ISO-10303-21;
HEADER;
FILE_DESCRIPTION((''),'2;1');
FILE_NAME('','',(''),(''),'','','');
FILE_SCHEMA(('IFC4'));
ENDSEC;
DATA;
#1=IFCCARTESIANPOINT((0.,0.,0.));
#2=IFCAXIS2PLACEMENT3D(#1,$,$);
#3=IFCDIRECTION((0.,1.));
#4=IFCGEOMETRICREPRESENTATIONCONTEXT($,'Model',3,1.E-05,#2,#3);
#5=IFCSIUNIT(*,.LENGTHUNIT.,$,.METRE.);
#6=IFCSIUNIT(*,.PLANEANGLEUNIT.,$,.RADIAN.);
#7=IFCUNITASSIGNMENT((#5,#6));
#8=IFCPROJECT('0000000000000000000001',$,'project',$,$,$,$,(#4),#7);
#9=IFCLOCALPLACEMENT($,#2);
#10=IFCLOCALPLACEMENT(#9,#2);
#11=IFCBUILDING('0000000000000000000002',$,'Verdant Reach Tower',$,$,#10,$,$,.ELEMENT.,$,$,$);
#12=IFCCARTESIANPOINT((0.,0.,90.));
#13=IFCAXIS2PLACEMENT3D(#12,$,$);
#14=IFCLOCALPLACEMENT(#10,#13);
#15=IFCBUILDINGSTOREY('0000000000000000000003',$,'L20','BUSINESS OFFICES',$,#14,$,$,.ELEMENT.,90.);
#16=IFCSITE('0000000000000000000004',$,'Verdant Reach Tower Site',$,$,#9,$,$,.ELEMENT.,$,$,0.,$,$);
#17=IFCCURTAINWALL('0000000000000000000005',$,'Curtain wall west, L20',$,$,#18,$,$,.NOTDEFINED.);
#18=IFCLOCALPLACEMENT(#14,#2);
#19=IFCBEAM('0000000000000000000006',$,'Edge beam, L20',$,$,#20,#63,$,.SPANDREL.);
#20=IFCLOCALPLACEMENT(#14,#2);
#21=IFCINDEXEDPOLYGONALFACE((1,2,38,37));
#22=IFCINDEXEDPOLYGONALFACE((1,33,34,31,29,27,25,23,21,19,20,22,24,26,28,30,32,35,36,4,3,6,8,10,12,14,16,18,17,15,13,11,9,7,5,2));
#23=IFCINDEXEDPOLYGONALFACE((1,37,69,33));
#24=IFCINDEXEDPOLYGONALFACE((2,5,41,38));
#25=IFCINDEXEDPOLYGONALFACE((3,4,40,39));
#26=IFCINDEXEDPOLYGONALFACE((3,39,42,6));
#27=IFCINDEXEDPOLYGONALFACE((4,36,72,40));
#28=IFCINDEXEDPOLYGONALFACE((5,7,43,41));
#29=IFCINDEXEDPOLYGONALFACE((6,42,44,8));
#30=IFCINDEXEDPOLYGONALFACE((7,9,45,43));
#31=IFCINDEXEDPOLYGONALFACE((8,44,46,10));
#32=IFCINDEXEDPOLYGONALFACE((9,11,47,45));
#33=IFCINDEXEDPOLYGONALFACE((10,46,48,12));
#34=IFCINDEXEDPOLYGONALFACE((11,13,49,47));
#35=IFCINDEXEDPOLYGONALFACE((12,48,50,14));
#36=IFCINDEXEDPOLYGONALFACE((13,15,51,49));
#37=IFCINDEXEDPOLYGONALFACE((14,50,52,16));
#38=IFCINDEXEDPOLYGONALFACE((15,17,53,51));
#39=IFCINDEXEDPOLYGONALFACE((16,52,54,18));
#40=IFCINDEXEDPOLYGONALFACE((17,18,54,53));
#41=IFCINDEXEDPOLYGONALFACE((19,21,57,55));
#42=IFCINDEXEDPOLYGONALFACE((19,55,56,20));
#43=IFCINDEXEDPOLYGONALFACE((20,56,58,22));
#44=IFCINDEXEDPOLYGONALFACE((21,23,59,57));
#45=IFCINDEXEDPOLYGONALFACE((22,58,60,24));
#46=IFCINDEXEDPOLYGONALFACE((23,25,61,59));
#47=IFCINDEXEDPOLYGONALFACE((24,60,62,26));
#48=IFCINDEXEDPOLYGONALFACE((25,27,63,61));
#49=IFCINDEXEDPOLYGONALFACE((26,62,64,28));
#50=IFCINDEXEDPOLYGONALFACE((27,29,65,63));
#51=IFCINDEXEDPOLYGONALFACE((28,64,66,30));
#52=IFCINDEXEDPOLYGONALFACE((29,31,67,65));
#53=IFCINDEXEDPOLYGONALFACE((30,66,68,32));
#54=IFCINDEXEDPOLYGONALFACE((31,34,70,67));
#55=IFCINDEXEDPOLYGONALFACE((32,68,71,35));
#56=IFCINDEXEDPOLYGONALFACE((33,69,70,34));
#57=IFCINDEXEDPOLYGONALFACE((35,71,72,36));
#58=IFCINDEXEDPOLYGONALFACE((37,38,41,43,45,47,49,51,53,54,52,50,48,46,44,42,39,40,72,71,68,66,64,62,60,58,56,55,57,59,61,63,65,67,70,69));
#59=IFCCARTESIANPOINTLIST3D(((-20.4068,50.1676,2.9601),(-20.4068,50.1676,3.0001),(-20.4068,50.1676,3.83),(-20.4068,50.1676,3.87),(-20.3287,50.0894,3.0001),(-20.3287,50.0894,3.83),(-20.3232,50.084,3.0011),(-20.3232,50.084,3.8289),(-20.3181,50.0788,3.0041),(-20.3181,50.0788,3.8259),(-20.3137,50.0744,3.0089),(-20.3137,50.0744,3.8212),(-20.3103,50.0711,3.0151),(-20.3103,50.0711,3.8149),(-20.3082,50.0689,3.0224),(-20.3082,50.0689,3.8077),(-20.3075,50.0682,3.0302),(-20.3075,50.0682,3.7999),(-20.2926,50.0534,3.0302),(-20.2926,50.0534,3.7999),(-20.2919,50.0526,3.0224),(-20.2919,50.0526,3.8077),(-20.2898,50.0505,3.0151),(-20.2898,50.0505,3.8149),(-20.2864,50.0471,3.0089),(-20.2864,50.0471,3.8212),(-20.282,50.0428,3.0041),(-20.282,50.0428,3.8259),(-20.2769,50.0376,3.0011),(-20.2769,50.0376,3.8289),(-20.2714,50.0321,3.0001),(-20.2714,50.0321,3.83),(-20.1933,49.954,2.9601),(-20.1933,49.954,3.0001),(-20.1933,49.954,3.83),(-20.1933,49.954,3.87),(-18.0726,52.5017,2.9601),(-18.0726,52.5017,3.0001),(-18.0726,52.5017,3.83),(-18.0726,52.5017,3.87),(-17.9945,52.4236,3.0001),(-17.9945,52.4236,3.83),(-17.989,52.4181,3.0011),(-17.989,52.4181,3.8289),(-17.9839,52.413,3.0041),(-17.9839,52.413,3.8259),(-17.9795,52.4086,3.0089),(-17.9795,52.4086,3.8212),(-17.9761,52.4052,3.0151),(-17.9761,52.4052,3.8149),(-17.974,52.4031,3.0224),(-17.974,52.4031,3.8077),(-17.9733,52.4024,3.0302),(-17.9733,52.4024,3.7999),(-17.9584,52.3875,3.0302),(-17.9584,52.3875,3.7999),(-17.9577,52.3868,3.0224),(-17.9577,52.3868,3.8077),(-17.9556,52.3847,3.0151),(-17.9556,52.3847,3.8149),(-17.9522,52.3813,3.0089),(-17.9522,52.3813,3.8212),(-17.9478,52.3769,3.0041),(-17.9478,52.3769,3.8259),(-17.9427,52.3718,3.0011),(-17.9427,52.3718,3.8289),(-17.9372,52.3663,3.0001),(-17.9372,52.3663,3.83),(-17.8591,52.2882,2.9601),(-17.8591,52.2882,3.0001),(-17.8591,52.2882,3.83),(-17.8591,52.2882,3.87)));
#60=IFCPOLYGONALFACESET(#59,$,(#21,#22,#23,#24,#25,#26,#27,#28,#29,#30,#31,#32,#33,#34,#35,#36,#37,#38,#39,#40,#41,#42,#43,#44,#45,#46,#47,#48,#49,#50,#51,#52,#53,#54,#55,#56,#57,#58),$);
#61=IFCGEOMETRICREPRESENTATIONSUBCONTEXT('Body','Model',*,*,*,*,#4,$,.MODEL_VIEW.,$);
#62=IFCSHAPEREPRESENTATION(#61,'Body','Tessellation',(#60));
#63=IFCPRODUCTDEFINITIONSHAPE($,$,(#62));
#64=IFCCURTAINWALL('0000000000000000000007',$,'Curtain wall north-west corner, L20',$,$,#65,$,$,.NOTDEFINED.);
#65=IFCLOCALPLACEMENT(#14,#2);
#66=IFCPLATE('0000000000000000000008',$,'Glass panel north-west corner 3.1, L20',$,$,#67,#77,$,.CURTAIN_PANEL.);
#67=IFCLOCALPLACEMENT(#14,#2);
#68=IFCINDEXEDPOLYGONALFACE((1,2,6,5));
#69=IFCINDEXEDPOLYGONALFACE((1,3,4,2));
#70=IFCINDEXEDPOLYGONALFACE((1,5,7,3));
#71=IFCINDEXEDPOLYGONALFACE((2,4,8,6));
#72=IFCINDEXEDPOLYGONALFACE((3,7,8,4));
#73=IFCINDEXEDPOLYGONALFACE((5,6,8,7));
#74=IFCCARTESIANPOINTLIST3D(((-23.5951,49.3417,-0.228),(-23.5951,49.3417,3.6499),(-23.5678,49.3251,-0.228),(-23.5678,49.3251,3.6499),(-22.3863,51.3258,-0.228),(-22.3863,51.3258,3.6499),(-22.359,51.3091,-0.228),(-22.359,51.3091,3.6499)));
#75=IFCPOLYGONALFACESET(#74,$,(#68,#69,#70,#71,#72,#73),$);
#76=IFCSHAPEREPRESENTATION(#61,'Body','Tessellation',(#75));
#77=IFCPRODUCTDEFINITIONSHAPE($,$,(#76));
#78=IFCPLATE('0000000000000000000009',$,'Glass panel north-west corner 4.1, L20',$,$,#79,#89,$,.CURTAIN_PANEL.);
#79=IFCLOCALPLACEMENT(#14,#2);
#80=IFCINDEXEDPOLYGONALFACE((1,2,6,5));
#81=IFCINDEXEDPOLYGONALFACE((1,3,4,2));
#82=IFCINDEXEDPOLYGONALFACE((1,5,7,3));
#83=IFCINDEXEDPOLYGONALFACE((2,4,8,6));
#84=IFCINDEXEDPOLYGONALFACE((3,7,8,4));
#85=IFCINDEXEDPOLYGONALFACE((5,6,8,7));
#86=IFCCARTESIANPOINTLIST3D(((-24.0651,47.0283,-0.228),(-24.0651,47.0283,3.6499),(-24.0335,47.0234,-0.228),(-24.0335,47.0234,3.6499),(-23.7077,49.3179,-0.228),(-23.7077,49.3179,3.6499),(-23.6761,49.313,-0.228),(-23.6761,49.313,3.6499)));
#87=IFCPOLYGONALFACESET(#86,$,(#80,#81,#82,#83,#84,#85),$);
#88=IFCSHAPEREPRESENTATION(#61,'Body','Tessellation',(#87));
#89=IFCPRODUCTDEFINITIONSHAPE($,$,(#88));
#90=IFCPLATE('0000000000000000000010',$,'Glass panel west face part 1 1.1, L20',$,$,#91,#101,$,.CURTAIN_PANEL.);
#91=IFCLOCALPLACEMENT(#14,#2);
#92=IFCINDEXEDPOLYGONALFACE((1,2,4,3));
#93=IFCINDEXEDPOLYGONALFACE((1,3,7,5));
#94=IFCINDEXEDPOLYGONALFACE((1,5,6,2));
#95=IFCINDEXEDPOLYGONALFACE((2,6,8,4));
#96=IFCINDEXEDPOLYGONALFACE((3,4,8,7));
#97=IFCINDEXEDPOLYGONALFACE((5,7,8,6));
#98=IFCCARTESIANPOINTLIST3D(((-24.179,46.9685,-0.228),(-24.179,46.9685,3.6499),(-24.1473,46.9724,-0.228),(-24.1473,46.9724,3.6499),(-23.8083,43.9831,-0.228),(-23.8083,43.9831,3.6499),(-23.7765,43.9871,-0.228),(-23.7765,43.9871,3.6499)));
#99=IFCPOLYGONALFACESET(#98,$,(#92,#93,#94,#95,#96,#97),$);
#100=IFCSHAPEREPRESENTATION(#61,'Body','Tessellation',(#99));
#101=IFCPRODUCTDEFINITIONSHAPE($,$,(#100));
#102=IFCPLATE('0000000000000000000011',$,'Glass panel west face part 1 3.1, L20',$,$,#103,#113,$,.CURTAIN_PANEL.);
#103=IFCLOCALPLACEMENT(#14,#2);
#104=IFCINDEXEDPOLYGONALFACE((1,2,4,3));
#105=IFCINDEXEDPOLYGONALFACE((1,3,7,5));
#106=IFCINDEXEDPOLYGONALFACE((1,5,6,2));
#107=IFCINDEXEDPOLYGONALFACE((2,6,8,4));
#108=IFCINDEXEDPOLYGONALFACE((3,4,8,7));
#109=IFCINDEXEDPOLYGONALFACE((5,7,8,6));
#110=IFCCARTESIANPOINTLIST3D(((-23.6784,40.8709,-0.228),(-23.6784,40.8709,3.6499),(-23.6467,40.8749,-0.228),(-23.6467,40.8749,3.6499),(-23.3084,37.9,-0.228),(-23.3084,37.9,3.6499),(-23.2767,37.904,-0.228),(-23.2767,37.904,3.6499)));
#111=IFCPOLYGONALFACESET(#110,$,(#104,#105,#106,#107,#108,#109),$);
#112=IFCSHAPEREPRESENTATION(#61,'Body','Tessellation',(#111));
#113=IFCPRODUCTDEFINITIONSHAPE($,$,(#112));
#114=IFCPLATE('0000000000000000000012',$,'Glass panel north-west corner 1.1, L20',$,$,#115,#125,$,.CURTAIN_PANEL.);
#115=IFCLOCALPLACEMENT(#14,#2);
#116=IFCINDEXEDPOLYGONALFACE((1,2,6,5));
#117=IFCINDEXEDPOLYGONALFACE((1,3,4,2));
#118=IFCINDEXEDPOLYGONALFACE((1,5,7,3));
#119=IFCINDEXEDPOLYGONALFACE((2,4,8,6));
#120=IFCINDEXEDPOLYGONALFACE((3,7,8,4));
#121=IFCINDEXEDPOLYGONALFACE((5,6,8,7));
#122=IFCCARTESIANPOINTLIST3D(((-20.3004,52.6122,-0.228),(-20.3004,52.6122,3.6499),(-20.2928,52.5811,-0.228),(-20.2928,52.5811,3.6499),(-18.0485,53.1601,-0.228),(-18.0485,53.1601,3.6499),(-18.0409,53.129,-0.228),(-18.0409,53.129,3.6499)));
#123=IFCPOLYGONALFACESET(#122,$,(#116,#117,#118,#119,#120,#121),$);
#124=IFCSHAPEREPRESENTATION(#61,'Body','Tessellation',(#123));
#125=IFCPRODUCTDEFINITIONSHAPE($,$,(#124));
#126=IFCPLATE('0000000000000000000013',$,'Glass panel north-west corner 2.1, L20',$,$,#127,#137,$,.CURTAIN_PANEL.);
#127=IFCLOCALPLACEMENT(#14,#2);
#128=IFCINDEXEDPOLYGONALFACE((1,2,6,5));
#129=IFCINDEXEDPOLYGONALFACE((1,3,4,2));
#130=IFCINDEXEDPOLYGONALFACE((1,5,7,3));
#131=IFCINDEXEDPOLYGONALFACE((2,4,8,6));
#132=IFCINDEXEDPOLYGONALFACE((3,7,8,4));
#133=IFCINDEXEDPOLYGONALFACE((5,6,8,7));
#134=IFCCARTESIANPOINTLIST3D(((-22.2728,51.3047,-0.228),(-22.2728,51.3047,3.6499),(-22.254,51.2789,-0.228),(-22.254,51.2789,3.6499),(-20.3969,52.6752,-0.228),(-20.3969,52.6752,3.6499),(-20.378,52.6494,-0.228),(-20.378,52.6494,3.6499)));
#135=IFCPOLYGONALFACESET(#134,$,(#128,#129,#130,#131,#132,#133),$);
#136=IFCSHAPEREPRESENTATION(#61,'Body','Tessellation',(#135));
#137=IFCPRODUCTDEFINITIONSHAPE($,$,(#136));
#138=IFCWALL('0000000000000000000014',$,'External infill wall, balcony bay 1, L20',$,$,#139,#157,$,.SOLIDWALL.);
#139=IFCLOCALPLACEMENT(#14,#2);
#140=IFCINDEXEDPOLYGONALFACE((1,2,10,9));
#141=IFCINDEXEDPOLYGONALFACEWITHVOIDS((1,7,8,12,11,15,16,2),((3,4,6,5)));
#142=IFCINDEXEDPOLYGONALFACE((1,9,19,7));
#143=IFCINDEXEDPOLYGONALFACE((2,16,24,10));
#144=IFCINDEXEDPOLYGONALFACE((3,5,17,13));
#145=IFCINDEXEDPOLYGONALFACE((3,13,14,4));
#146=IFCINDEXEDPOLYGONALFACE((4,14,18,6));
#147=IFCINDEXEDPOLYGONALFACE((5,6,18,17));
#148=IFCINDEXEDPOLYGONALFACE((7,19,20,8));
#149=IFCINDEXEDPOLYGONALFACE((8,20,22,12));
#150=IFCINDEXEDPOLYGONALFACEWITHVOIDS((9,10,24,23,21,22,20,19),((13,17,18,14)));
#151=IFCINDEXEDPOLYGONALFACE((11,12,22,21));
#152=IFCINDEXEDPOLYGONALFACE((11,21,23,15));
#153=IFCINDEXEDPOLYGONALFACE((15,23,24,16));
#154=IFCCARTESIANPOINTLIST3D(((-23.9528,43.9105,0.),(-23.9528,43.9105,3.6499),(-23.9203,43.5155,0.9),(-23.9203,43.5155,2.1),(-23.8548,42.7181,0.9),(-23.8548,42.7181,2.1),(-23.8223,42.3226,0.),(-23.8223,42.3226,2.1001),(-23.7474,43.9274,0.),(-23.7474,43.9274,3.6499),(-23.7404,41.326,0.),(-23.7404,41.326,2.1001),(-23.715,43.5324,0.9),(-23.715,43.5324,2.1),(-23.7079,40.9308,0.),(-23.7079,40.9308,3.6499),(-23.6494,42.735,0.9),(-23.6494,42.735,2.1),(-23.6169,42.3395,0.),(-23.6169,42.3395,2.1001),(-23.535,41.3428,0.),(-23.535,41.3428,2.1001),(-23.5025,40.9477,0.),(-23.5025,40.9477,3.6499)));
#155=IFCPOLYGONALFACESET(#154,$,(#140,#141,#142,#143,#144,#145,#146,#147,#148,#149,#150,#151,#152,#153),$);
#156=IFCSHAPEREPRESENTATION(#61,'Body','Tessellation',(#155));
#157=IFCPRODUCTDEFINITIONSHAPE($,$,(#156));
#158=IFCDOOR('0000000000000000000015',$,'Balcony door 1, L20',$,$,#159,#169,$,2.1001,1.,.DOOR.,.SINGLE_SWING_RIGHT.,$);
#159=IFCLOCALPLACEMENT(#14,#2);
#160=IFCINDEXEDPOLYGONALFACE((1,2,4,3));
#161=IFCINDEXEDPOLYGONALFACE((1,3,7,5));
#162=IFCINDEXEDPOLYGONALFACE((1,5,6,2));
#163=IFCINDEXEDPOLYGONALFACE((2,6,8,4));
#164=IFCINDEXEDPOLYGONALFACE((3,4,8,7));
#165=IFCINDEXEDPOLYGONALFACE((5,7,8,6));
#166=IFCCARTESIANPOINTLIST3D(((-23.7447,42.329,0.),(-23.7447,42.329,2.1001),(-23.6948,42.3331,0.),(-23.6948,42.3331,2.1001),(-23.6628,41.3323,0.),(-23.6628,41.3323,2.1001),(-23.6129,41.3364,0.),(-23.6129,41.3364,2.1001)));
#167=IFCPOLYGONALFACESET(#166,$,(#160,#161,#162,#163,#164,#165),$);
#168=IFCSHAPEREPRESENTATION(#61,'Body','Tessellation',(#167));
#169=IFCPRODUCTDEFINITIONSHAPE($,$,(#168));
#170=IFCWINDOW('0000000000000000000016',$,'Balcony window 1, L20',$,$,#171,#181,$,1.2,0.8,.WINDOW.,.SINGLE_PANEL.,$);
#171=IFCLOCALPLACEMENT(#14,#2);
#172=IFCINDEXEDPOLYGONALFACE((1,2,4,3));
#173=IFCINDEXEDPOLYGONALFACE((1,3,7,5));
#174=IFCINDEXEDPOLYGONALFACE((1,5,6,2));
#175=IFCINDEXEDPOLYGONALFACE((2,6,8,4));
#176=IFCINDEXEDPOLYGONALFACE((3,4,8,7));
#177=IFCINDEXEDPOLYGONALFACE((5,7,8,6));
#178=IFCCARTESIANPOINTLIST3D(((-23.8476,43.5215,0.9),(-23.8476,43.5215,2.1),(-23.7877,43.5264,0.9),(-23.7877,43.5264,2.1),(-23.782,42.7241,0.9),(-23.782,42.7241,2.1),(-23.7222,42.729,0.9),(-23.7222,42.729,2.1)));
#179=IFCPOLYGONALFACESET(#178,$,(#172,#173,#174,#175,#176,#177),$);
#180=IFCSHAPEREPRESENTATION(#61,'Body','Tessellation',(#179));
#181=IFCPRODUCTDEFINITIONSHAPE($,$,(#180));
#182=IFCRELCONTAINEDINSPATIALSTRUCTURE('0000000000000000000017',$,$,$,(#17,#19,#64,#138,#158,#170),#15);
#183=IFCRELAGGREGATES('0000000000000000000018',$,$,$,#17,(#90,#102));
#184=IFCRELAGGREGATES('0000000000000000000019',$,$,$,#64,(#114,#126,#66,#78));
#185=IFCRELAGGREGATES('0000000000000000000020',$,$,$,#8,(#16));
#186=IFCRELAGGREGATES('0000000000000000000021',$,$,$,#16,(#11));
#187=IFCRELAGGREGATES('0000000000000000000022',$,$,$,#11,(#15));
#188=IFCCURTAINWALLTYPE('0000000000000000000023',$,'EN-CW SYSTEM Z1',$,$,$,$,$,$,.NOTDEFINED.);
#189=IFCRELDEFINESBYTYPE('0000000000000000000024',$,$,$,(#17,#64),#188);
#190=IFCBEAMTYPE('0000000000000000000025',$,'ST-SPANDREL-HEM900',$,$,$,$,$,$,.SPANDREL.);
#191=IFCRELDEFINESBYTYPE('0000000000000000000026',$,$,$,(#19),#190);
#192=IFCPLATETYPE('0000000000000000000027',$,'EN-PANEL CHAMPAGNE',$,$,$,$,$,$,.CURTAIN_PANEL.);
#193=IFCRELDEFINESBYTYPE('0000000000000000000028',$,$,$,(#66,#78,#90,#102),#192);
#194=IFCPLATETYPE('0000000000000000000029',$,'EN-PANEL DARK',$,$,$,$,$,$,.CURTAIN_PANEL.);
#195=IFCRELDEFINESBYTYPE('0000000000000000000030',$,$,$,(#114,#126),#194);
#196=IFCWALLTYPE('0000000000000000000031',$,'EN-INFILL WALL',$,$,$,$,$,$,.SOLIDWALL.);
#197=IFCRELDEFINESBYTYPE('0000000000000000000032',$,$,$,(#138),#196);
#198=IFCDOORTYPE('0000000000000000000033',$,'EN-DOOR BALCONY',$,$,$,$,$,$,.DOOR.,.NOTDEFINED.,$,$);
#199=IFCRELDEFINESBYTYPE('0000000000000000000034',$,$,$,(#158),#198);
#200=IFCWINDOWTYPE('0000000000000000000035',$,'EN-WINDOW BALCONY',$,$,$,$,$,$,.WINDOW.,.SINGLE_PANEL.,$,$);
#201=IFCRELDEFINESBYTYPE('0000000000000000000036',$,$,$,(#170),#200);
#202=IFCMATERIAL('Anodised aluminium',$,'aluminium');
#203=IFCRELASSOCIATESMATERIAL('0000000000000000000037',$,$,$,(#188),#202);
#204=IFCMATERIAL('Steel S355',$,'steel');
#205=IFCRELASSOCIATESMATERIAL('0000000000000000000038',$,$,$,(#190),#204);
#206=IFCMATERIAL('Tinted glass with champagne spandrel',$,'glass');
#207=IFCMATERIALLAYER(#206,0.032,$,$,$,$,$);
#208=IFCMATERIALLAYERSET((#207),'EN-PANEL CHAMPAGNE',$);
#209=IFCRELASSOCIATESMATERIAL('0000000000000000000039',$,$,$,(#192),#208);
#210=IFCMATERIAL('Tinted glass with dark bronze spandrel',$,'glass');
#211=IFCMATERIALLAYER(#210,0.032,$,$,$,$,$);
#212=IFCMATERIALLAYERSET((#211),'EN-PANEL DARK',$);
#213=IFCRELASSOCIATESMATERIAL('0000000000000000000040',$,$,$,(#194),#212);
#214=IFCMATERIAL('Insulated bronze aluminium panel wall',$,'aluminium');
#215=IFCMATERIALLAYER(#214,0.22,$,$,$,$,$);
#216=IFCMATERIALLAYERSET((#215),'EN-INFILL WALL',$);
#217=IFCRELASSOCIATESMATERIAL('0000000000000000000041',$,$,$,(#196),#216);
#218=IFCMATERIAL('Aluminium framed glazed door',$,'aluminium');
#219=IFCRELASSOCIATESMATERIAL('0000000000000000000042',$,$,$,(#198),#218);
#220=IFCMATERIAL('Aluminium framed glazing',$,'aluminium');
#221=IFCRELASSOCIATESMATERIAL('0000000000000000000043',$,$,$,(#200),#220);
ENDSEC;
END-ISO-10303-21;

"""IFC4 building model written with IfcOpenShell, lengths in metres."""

from ifc_helpers import new_model, si_unit, direction, frame, frame_2d, origin, origin_2d, place, context, subcontext, project, spatial, rectangle, i_section, extrude, material, layer, layer_set, material_profile, profile_set, type_object, element, fill, aggregate, save


model = new_model("IFC4")

# Units and contexts
model_context = context("Model", 3, precision=1e-05, world=origin(), true_north=direction((0.0, 1.0)))
body_context = subcontext(model_context, "Body", "Model", "MODEL_VIEW")
ifc_project = project(units=[si_unit("LENGTHUNIT", "METRE"), si_unit("PLANEANGLEUNIT", "RADIAN")], contexts=[model_context])

# Site, building, storey
site_placement = place(None, origin())
site = spatial("IfcSite", under=ifc_project, at=site_placement, Name="Verdant Reach Tower Site", CompositionType="ELEMENT", RefElevation=0.0)
building_placement = place(site_placement, origin())
building = spatial("IfcBuilding", under=site, at=building_placement, Name="Verdant Reach Tower", CompositionType="ELEMENT")
storey_placement = place(building_placement, frame((0.0, 0.0, 90.0)))
storey = spatial("IfcBuildingStorey", under=building, at=storey_placement, Name="L20", Description="BUSINESS OFFICES", CompositionType="ELEMENT", Elevation=90.0)

# Curtain wall
ifc_material_1 = material(Name="Anodised aluminium", Category="aluminium")
curtain_wall_type = type_object("IfcCurtainWallType", Name="EN-CW SYSTEM Z1", PredefinedType="NOTDEFINED", material=ifc_material_1)
curtain_wall_1_placement = place(storey_placement, origin())
curtain_wall_1 = element("IfcCurtainWall", 1, at=curtain_wall_1_placement, inside=storey, type_object=curtain_wall_type, Name="Curtain wall west, L20", PredefinedType="NOTDEFINED")

# Beam
ifc_material_2 = material(Name="Steel S355", Category="steel")
ifc_material_profile_1 = material_profile(ifc_material_2, i_section(OverallWidth=0.302, OverallDepth=0.9099, WebThickness=0.021, FlangeThickness=0.04, FilletRadius=0.03, at=origin_2d()), Name="HEM 900")
ifc_profile_set_1 = profile_set([ifc_material_profile_1], Name="Steel S355")
beam_type_1 = type_object("IfcBeamType", Name="ST-SPANDREL-HEM900", PredefinedType="SPANDREL", material=ifc_profile_set_1)
beam_1_placement = place(storey_placement, frame((-20.3, 50.0608, 3.415), z_axis=(0.707107, 0.707107, 0.0), x_axis=(-0.707107, 0.707107, 0.0)))
element("IfcBeam", 2, at=beam_1_placement, inside=storey, type_object=beam_type_1, Name="Edge beam, L20", PredefinedType="SPANDREL", context=body_context, shape_type="SweptSolid", body=[
    extrude(i_section(OverallWidth=0.302, OverallDepth=0.9099, WebThickness=0.021, FlangeThickness=0.04, FilletRadius=0.03, at=origin_2d()), origin(), (0.0, 0.0, 1.0), 3.301),
])

# Curtain wall, plates
curtain_wall_2_placement = place(storey_placement, origin())
curtain_wall_2 = element("IfcCurtainWall", 3, at=curtain_wall_2_placement, inside=storey, type_object=curtain_wall_type, Name="Curtain wall north-west corner, L20", PredefinedType="NOTDEFINED")
ifc_material_3 = material(Name="Tinted glass with champagne spandrel", Category="glass")
ifc_layer_1 = layer(ifc_material_3, 0.032)
ifc_layer_set_1 = layer_set([ifc_layer_1], Name="EN-PANEL CHAMPAGNE")
plate_type_1 = type_object("IfcPlateType", Name="EN-PANEL CHAMPAGNE", PredefinedType="CURTAIN_PANEL", material=ifc_layer_set_1)
plate_1_placement = place(storey_placement, frame((-22.9771, 50.3254, -0.228), z_axis=(0.0, 0.0, 1.0), x_axis=(-0.520292, -0.853989, 0.0)))
plate_1 = element("IfcPlate", 4, at=plate_1_placement, type_object=plate_type_1, Name="Glass panel north-west corner 3.1, L20", PredefinedType="CURTAIN_PANEL", context=body_context, shape_type="SweptSolid", body=[
    extrude(rectangle(XDim=2.3232, YDim=0.032, at=origin_2d()), origin(), (0.0, 0.0, 1.0), 3.8779),
])
plate_2_placement = place(storey_placement, frame((-23.8706, 48.1707, -0.228), z_axis=(0.0, 0.0, 1.0), x_axis=(-0.154248, -0.988032, 0.0)))
plate_2 = element("IfcPlate", 5, at=plate_2_placement, type_object=plate_type_1, Name="Glass panel north-west corner 4.1, L20", PredefinedType="CURTAIN_PANEL", context=body_context, shape_type="SweptSolid", body=[
    extrude(rectangle(XDim=2.3174, YDim=0.032, at=origin_2d()), origin(), (0.0, 0.0, 1.0), 3.8779),
])

# Plates
plate_3_placement = place(storey_placement, frame((-23.9778, 45.4778, -0.228), z_axis=(0.0, 0.0, 1.0), x_axis=(0.123256, -0.992375, 0.0)))
plate_3 = element("IfcPlate", 6, at=plate_3_placement, type_object=plate_type_1, Name="Glass panel west face part 1 1.1, L20", PredefinedType="CURTAIN_PANEL", context=body_context, shape_type="SweptSolid", body=[
    extrude(rectangle(XDim=3.0083, YDim=0.032, at=origin_2d()), origin(), (0.0, 0.0, 1.0), 3.8779),
])
plate_4_placement = place(storey_placement, frame((-23.4775, 39.3875, -0.228), z_axis=(0.0, 0.0, 1.0), x_axis=(0.123579, -0.992335, 0.0)))
plate_4 = element("IfcPlate", 7, at=plate_4_placement, type_object=plate_type_1, Name="Glass panel west face part 1 3.1, L20", PredefinedType="CURTAIN_PANEL", context=body_context, shape_type="SweptSolid", body=[
    extrude(rectangle(XDim=2.9939, YDim=0.032, at=origin_2d()), origin(), (0.0, 0.0, 1.0), 3.8779),
])
aggregate(curtain_wall_1, [plate_3, plate_4])
ifc_material_4 = material(Name="Tinted glass with dark bronze spandrel", Category="glass")
ifc_layer_2 = layer(ifc_material_4, 0.032)
ifc_layer_set_2 = layer_set([ifc_layer_2], Name="EN-PANEL DARK")
plate_type_2 = type_object("IfcPlateType", Name="EN-PANEL DARK", PredefinedType="CURTAIN_PANEL", material=ifc_layer_set_2)
plate_5_placement = place(storey_placement, frame((-19.1707, 52.8706, -0.228), z_axis=(0.0, 0.0, 1.0), x_axis=(-0.971661, -0.23638, 0.0)))
plate_5 = element("IfcPlate", 8, at=plate_5_placement, type_object=plate_type_2, Name="Glass panel north-west corner 1.1, L20", PredefinedType="CURTAIN_PANEL", context=body_context, shape_type="SweptSolid", body=[
    extrude(rectangle(XDim=2.3176, YDim=0.032, at=origin_2d()), origin(), (0.0, 0.0, 1.0), 3.8779),
])
plate_6_placement = place(storey_placement, frame((-21.3254, 51.9771, -0.228), z_axis=(0.0, 0.0, 1.0), x_axis=(-0.807457, -0.589927, 0.0)))
plate_6 = element("IfcPlate", 9, at=plate_6_placement, type_object=plate_type_2, Name="Glass panel north-west corner 2.1, L20", PredefinedType="CURTAIN_PANEL", context=body_context, shape_type="SweptSolid", body=[
    extrude(rectangle(XDim=2.3232, YDim=0.032, at=origin_2d()), origin(), (0.0, 0.0, 1.0), 3.8779),
])
aggregate(curtain_wall_2, [plate_5, plate_6, plate_1, plate_2])

# Wall, openings, door, window
ifc_material_5 = material(Name="Insulated bronze aluminium panel wall", Category="aluminium")
ifc_layer_3 = layer(ifc_material_5, 0.22)
ifc_layer_set_3 = layer_set([ifc_layer_3], Name="EN-INFILL WALL")
wall_type_1 = type_object("IfcWallType", Name="EN-INFILL WALL", PredefinedType="SOLIDWALL", material=ifc_layer_set_3)
wall_1_placement = place(storey_placement, frame((-23.8501, 43.9189, 0.0), z_axis=(0.0, 0.0, 1.0), x_axis=(0.081903, -0.99664, 0.0)))
wall_1 = element("IfcWall", 10, at=wall_1_placement, inside=storey, type_object=wall_type_1, Name="External infill wall, balcony bay 1, L20", PredefinedType="SOLIDWALL", context=body_context, shape_type="SweptSolid", body=[
    extrude(rectangle(XDim=2.9897, YDim=0.2061, at=frame_2d((1.4949, 0.0))), origin(), (0.0, 0.0, 1.0), 3.6499),
])
opening_1_placement = place(wall_1_placement, frame((1.5933, 0.0, 0.0)))
opening_1 = element("IfcOpeningElement", 11, at=opening_1_placement, cuts=wall_1, PredefinedType="OPENING", context=body_context, shape_type="SweptSolid", body=[
    extrude(rectangle(XDim=1.0, YDim=2.1001, at=frame_2d((0.5, 1.05))), frame((0.0, 0.113, 0.0), z_axis=(0.0, -1.0, 0.0), x_axis=(1.0, 0.0, 0.0)), (0.0, 0.0, 1.0), 0.2261),
])
opening_2_placement = place(wall_1_placement, frame((0.3965, 0.0, 0.8999)))
opening_2 = element("IfcOpeningElement", 12, at=opening_2_placement, cuts=wall_1, PredefinedType="OPENING", context=body_context, shape_type="SweptSolid", body=[
    extrude(rectangle(XDim=0.8, YDim=1.2, at=frame_2d((0.3999, 0.6001))), frame((0.0, 0.113, 0.0), z_axis=(0.0, -1.0, 0.0), x_axis=(1.0, 0.0, 0.0)), (0.0, 0.0, 1.0), 0.2261),
])
ifc_material_6 = material(Name="Aluminium framed glazed door", Category="aluminium")
door_type = type_object("IfcDoorType", Name="EN-DOOR BALCONY", OperationType="NOTDEFINED", PredefinedType="DOOR", material=ifc_material_6)
door_placement = place(opening_1_placement, origin())
door = element("IfcDoor", 13, at=door_placement, inside=storey, type_object=door_type, Name="Balcony door 1, L20", OperationType="SINGLE_SWING_RIGHT", OverallHeight=2.1001, OverallWidth=1.0, PredefinedType="DOOR", context=body_context, shape_type="SweptSolid", body=[
    extrude(rectangle(XDim=1.0, YDim=2.1001, at=frame_2d((0.5, 1.05))), frame((0.0, 0.0249, 0.0), z_axis=(0.0, -1.0, 0.0), x_axis=(1.0, 0.0, 0.0)), (0.0, 0.0, 1.0), 0.05),
])
fill(opening_1, door)
ifc_material_7 = material(Name="Aluminium framed glazing", Category="aluminium")
window_type = type_object("IfcWindowType", Name="EN-WINDOW BALCONY", PartitioningType="SINGLE_PANEL", PredefinedType="WINDOW", material=ifc_material_7)
window_placement = place(opening_2_placement, origin())
window = element("IfcWindow", 14, at=window_placement, inside=storey, type_object=window_type, Name="Balcony window 1, L20", OverallHeight=1.2, OverallWidth=0.8, PartitioningType="SINGLE_PANEL", PredefinedType="WINDOW", context=body_context, shape_type="SweptSolid", body=[
    extrude(rectangle(XDim=0.8, YDim=1.2, at=frame_2d((0.3999, 0.6001))), frame((0.0, 0.03, 0.0), z_axis=(0.0, -1.0, 0.0), x_axis=(1.0, 0.0, 0.0)), (0.0, 0.0, 1.0), 0.0601),
])
fill(opening_2, window)

save(model, "model.ifc")
